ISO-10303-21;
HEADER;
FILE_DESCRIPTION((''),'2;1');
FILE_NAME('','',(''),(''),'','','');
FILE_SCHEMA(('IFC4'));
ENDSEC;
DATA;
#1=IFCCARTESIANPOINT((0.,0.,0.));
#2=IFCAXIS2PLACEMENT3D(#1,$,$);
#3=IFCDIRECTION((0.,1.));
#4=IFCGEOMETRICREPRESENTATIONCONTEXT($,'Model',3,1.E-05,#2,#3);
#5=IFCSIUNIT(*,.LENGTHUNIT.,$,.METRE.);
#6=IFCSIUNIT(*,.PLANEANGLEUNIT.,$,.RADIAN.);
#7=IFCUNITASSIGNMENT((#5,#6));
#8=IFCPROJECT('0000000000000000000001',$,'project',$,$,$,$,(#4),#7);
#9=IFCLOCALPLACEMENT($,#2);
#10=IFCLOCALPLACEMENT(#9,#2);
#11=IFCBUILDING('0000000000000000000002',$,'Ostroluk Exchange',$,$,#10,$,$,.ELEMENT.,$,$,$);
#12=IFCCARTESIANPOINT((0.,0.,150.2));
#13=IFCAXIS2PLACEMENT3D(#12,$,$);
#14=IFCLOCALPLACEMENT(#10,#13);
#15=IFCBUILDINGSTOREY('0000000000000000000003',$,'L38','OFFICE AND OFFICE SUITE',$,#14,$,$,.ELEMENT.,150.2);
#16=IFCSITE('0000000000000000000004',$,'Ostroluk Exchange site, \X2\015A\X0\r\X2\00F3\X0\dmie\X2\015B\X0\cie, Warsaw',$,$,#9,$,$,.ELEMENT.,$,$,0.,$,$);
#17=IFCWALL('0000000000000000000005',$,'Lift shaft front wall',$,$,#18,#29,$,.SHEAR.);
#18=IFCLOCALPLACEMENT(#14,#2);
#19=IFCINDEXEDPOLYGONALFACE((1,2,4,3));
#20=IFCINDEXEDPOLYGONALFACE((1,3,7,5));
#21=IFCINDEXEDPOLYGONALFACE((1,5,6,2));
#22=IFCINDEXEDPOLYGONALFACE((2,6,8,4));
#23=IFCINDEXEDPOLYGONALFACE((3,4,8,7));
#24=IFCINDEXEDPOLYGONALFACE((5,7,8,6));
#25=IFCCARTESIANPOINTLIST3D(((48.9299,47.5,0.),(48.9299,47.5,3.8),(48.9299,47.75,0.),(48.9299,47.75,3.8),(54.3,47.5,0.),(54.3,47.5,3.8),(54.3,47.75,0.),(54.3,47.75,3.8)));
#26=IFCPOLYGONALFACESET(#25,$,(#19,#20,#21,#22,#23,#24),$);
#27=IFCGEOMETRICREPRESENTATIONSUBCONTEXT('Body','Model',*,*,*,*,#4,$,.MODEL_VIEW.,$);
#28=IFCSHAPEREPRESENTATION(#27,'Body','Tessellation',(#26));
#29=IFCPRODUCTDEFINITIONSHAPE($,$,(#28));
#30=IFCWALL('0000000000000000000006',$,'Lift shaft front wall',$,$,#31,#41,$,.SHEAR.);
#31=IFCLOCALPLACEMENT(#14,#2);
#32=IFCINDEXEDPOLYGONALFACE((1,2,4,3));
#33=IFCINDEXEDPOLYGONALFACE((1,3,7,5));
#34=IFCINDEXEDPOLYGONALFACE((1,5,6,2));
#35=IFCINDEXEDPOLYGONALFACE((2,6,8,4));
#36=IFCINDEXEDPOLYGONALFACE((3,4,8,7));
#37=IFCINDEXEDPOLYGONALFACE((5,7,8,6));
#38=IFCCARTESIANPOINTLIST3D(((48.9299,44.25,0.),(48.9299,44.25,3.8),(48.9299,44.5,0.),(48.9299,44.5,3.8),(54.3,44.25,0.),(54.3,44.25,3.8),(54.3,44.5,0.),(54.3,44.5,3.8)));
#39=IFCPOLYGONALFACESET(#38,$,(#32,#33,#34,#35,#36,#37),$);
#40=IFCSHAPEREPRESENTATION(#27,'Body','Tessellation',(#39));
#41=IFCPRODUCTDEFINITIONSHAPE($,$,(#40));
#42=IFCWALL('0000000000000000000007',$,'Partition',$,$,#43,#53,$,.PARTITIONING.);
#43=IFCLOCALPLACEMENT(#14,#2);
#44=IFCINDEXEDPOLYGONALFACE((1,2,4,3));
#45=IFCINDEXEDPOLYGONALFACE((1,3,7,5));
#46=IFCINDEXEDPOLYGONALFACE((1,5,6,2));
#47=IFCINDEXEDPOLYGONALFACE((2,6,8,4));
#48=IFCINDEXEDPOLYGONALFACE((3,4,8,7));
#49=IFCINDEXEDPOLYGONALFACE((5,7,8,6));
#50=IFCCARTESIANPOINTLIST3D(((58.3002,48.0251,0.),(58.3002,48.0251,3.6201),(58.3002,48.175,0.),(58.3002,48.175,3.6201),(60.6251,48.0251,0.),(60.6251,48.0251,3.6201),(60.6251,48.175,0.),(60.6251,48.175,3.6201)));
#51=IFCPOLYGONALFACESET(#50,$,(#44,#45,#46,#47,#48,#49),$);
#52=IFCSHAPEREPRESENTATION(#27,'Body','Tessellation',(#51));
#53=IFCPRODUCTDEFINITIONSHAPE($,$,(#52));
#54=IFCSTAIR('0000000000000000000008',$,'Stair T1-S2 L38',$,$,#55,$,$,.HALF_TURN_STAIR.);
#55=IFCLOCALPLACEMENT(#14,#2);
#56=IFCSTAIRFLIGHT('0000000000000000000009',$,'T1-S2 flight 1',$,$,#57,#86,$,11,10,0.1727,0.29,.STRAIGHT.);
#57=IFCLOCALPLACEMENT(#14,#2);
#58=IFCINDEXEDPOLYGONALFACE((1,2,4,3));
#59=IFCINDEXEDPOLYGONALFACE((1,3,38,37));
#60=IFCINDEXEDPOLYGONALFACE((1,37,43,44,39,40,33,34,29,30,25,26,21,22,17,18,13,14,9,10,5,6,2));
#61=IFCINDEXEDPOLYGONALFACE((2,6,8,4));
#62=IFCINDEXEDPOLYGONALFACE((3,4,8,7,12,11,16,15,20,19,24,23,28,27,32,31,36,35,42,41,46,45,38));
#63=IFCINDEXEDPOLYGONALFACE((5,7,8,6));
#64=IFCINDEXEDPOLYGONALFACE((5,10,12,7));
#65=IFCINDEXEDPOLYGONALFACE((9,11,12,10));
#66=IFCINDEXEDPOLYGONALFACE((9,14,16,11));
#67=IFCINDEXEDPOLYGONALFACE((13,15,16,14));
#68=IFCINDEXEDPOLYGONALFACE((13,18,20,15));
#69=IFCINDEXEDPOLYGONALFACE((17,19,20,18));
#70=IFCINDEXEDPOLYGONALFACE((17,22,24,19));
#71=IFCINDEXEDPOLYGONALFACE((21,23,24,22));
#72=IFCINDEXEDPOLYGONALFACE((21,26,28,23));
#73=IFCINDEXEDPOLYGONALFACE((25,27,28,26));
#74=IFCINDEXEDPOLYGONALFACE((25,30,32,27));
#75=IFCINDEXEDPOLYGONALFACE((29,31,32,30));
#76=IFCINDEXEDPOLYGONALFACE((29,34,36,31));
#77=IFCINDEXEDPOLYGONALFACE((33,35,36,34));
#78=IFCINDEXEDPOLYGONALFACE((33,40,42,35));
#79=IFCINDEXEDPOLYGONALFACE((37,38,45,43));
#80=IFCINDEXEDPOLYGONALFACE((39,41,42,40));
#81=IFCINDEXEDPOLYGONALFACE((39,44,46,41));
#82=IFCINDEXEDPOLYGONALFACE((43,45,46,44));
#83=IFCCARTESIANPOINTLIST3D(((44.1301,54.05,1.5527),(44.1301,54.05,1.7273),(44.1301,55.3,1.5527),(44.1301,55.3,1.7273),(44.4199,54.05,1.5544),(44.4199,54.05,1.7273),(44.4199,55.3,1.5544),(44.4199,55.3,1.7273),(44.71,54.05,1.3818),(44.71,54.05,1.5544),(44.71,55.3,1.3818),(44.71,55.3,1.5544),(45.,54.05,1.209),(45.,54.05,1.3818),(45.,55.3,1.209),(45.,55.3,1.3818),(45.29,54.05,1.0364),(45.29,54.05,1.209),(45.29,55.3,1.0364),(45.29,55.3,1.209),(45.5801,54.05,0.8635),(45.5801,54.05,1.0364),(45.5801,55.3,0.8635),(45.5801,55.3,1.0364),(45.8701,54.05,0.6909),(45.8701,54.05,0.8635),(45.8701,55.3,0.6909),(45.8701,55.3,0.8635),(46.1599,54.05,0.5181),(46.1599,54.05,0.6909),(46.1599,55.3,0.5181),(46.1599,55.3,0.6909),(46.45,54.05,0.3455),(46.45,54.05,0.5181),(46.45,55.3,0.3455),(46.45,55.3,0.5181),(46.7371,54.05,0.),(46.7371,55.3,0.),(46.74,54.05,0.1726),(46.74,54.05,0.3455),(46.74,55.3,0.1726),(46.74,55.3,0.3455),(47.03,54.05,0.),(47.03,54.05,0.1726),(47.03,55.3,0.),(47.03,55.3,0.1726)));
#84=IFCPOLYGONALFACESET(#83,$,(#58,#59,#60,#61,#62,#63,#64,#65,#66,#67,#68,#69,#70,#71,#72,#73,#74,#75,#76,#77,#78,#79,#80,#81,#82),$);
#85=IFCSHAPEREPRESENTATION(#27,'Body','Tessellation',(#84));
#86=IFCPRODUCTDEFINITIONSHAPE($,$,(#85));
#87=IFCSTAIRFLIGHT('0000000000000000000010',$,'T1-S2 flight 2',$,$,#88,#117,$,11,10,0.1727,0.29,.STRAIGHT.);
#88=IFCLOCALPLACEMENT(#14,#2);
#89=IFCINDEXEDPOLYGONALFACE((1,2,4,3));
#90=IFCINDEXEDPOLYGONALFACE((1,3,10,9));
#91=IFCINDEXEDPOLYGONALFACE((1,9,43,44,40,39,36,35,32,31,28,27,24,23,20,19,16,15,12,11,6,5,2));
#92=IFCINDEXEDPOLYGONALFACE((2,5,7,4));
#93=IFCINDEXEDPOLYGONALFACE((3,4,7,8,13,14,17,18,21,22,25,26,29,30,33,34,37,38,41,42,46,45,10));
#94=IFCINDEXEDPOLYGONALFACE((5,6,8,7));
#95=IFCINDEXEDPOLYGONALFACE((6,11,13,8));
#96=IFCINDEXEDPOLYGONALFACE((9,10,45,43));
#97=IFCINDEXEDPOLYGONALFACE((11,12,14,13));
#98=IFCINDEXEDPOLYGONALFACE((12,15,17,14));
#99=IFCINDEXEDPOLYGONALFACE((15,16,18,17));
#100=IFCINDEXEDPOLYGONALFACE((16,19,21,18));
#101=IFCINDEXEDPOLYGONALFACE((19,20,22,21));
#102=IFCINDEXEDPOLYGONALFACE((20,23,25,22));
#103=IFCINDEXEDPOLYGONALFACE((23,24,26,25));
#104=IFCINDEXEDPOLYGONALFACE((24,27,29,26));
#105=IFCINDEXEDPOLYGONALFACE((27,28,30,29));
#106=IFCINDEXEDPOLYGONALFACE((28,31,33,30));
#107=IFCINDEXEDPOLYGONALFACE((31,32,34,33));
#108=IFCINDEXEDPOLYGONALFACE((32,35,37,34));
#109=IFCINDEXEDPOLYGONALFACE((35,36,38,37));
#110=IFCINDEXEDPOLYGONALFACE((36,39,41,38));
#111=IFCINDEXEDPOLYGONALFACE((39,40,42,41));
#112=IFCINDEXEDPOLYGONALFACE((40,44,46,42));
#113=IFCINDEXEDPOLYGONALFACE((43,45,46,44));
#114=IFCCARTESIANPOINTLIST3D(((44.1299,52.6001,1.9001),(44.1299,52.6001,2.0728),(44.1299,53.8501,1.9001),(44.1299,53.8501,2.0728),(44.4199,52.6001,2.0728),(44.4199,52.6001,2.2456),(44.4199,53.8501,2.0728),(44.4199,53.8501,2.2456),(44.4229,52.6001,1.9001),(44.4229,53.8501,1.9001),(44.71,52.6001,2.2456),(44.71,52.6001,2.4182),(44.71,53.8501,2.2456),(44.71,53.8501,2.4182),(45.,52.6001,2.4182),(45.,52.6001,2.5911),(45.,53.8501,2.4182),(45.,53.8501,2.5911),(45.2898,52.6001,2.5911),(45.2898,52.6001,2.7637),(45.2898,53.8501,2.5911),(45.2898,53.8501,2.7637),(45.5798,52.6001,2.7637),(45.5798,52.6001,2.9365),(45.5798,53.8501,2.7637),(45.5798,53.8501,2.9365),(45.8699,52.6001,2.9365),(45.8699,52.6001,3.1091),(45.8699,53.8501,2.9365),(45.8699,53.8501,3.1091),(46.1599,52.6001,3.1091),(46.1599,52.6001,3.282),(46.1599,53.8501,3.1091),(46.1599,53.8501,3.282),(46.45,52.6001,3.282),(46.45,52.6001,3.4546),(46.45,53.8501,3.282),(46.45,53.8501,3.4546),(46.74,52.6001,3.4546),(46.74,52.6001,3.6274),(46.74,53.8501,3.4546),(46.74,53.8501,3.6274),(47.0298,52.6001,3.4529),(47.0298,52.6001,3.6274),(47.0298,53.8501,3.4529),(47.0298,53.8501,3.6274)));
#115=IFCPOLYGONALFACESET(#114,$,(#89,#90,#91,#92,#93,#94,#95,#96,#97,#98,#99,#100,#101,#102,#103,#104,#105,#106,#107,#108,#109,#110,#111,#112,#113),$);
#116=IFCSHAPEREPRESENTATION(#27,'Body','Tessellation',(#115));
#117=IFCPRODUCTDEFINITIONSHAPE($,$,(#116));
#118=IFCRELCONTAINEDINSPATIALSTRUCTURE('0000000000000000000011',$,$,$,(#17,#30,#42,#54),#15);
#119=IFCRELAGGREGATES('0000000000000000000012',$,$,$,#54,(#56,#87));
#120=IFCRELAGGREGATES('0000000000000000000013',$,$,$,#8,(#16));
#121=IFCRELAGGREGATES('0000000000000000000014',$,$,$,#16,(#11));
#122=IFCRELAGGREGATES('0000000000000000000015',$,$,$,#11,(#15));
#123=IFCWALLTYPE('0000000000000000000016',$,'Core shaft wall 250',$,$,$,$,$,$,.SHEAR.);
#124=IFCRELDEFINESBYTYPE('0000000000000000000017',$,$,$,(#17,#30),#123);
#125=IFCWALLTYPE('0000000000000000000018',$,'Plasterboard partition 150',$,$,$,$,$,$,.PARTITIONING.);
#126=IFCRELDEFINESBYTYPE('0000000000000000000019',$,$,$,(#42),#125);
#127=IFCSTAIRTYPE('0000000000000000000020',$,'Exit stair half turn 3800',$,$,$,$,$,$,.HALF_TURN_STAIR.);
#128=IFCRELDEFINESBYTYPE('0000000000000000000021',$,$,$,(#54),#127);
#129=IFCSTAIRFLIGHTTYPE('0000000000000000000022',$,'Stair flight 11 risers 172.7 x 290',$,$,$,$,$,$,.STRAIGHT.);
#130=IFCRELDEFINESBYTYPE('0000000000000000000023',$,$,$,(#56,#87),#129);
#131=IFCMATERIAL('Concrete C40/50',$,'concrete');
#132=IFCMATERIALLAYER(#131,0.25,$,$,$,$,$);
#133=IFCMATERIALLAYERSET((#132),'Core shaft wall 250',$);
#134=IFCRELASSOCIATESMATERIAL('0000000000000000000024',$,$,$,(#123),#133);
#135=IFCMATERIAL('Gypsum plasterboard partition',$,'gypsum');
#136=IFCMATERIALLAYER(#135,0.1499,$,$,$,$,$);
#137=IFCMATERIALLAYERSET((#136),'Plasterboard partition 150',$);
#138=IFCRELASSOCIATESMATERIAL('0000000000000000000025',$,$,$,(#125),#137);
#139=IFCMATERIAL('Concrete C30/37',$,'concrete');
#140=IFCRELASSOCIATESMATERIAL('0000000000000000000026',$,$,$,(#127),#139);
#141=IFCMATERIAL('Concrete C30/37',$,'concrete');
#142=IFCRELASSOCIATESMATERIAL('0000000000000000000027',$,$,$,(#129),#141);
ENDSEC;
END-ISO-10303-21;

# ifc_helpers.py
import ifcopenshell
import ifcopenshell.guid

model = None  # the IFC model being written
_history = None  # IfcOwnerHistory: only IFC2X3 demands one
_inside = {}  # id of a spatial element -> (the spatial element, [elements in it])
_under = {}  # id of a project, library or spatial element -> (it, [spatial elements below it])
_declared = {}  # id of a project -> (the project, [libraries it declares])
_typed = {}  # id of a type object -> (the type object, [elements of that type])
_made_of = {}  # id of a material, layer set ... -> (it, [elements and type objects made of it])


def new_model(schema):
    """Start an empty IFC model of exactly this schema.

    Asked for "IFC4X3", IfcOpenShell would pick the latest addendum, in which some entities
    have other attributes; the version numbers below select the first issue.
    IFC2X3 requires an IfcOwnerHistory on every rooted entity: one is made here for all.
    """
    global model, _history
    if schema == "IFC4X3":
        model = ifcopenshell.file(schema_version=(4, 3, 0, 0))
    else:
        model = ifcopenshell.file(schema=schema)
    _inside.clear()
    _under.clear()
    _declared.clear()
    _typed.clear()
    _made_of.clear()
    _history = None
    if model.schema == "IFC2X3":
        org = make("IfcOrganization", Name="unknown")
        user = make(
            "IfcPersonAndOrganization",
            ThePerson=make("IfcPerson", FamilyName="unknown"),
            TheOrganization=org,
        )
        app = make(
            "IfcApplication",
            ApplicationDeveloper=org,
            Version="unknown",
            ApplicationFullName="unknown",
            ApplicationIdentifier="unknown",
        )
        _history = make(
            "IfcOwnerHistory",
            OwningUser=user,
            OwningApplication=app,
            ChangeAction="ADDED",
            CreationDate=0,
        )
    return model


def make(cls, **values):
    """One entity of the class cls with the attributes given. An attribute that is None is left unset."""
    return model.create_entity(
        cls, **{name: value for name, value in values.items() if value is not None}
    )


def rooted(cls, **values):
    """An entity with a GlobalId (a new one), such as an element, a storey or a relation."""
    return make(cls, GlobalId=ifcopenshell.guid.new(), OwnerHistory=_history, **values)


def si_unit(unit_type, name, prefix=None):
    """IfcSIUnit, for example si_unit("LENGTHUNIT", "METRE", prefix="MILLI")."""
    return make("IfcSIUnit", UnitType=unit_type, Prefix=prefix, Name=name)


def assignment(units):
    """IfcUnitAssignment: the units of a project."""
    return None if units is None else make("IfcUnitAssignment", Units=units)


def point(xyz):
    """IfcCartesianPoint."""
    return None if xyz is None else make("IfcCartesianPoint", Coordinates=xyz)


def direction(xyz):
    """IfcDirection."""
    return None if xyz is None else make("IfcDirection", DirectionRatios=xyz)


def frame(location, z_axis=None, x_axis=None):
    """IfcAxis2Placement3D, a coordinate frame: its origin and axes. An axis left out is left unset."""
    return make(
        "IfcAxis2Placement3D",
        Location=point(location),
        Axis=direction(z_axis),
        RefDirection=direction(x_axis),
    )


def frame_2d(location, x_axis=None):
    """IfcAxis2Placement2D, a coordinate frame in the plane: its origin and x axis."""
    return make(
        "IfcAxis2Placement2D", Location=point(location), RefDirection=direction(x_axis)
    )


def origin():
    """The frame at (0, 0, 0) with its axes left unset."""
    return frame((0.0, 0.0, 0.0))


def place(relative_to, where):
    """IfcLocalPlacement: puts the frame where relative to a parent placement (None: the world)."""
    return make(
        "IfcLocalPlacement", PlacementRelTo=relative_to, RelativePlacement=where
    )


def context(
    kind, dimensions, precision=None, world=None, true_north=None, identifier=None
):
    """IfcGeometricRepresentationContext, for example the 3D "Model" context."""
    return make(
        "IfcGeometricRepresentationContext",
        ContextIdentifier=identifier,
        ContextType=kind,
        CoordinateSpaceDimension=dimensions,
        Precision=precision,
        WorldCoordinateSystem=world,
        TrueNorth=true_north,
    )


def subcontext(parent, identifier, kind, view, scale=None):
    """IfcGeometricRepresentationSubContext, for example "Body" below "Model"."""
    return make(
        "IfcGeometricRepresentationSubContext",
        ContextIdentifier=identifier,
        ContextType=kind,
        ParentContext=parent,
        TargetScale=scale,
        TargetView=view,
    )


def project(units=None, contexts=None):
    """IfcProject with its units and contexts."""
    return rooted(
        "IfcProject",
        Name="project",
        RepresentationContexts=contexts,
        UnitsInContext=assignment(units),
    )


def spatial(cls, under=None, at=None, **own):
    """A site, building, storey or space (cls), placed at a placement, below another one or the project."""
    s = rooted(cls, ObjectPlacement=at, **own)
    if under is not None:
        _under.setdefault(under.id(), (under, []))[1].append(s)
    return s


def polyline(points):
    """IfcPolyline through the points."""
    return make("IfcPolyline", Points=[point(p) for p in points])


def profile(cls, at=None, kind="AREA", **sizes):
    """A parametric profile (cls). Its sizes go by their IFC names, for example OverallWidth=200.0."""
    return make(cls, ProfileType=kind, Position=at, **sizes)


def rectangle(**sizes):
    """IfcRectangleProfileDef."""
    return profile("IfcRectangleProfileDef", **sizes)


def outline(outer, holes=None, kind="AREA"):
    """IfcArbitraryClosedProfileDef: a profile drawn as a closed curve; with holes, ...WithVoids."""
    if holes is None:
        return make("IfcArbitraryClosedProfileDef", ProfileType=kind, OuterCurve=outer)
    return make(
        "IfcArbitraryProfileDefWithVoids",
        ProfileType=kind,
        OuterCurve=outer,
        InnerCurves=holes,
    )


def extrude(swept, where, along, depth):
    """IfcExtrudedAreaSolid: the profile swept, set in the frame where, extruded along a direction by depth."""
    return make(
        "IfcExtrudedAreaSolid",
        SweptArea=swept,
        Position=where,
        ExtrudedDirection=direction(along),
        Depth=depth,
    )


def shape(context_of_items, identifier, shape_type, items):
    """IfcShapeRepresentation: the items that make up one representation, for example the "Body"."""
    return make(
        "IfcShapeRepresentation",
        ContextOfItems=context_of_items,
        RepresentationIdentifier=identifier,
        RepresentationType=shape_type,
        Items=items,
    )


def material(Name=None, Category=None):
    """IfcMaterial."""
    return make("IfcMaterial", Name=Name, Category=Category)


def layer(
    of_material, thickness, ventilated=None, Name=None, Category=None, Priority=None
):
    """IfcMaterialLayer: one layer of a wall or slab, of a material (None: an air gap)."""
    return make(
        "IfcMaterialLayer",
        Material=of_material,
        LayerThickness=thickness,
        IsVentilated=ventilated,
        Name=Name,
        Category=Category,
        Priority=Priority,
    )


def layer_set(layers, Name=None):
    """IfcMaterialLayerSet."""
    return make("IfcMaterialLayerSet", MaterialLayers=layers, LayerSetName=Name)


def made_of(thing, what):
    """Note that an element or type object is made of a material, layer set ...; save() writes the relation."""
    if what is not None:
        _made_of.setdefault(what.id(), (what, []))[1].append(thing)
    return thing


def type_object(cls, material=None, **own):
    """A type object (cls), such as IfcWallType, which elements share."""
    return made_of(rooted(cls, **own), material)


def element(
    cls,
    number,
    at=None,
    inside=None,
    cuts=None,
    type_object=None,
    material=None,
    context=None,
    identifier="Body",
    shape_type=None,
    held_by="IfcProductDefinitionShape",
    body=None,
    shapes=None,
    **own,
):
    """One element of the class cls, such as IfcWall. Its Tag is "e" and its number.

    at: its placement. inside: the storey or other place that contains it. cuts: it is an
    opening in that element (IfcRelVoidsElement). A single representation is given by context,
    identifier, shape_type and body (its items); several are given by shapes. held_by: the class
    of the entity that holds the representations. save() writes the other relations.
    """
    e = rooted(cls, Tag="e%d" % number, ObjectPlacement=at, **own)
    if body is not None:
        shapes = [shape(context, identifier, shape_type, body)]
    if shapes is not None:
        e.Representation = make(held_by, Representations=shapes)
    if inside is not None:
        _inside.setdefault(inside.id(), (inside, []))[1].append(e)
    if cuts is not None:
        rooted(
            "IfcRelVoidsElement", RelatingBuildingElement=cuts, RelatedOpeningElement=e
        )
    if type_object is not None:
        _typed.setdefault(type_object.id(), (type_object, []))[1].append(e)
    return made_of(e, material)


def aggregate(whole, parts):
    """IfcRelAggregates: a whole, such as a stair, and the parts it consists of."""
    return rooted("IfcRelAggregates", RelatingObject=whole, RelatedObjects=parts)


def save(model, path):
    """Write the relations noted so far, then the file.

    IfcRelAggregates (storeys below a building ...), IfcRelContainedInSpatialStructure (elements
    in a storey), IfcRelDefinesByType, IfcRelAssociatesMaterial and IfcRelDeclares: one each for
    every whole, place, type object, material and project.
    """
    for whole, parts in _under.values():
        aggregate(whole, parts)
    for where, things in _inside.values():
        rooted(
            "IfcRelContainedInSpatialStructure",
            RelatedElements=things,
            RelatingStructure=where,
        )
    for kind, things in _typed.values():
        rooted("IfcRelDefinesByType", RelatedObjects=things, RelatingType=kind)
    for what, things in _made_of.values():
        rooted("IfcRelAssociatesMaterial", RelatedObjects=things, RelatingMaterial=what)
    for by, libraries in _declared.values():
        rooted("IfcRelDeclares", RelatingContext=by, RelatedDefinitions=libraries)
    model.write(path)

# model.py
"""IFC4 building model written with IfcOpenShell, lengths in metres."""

from ifc_helpers import new_model, si_unit, direction, frame, frame_2d, origin, place, context, subcontext, project, spatial, polyline, rectangle, outline, extrude, material, layer, layer_set, type_object, element, aggregate, save


model = new_model("IFC4")

# Units and contexts
model_context = context("Model", 3, precision=1e-05, world=origin(), true_north=direction((0.0, 1.0)))
body_context = subcontext(model_context, "Body", "Model", "MODEL_VIEW")
ifc_project = project(units=[si_unit("LENGTHUNIT", "METRE"), si_unit("PLANEANGLEUNIT", "RADIAN")], contexts=[model_context])

# Site, building, storey
site_placement = place(None, origin())
site = spatial("IfcSite", under=ifc_project, at=site_placement, Name="Ostroluk Exchange site, Śródmieście, Warsaw", CompositionType="ELEMENT", RefElevation=0.0)
building_placement = place(site_placement, origin())
building = spatial("IfcBuilding", under=site, at=building_placement, Name="Ostroluk Exchange", CompositionType="ELEMENT")
storey_placement = place(building_placement, frame((0.0, 0.0, 150.2)))
storey = spatial("IfcBuildingStorey", under=building, at=storey_placement, Name="L38", Description="OFFICE AND OFFICE SUITE", CompositionType="ELEMENT", Elevation=150.2)

# Shared definitions
ifc_material_1 = material(Name="Concrete C40/50", Category="concrete")
ifc_layer_1 = layer(ifc_material_1, 0.25)
ifc_layer_set_1 = layer_set([ifc_layer_1], Name="Core shaft wall 250")
wall_type_1 = type_object("IfcWallType", Name="Core shaft wall 250", PredefinedType="SHEAR", material=ifc_layer_set_1)

# Walls
for number, where, z_axis, x_axis, name in (
    (1, (48.9299, 47.625, 0.0), (0.0, 0.0, 1.0), (1.0, 0.0, 0.0), "Lift shaft front wall"),
    (2, (48.9299, 44.375, 0.0), (0.0, 0.0, 1.0), (1.0, 0.0, 0.0), "Lift shaft front wall"),
):
    element("IfcWall", number, at=place(storey_placement, frame(where, z_axis=z_axis, x_axis=x_axis)), inside=storey, type_object=wall_type_1, Name=name, PredefinedType="SHEAR", context=body_context, shape_type="SweptSolid", body=[
        extrude(rectangle(XDim=5.3701, YDim=0.25, at=frame_2d((2.6851, 0.0))), origin(), (0.0, 0.0, 1.0), 3.8),
    ])
ifc_material_2 = material(Name="Gypsum plasterboard partition", Category="gypsum")
ifc_layer_2 = layer(ifc_material_2, 0.1499)
ifc_layer_set_2 = layer_set([ifc_layer_2], Name="Plasterboard partition 150")
wall_type_2 = type_object("IfcWallType", Name="Plasterboard partition 150", PredefinedType="PARTITIONING", material=ifc_layer_set_2)
wall_1_placement = place(storey_placement, frame((58.3, 48.1001, 0.0), z_axis=(0.0, 0.0, 1.0), x_axis=(1.0, 0.0, 0.0)))
element("IfcWall", 3, at=wall_1_placement, inside=storey, type_object=wall_type_2, Name="Partition", PredefinedType="PARTITIONING", context=body_context, shape_type="SweptSolid", body=[
    extrude(rectangle(XDim=2.325, YDim=0.1499, at=frame_2d((1.1626, 0.0))), origin(), (0.0, 0.0, 1.0), 3.6201),
])

# Stair, stair flights
ifc_material_3 = material(Name="Concrete C30/37", Category="concrete")
stair_type = type_object("IfcStairType", Name="Exit stair half turn 3800", PredefinedType="HALF_TURN_STAIR", material=ifc_material_3)
stair_placement = place(storey_placement, origin())
stair = element("IfcStair", 4, at=stair_placement, inside=storey, type_object=stair_type, Name="Stair T1-S2 L38", PredefinedType="HALF_TURN_STAIR")
ifc_material_4 = material(Name="Concrete C30/37", Category="concrete")
stair_flight_type = type_object("IfcStairFlightType", Name="Stair flight 11 risers 172.7 x 290", PredefinedType="STRAIGHT", material=ifc_material_4)
stair_flight_1_placement = place(storey_placement, frame((47.03, 54.675, 0.0), z_axis=(0.0, 0.0, 1.0), x_axis=(-1.0, 0.0, 0.0)))
stair_flight_1 = element("IfcStairFlight", 5, at=stair_flight_1_placement, type_object=stair_flight_type, Name="T1-S2 flight 1", NumberOfRisers=11, NumberOfTreads=10, PredefinedType="STRAIGHT", RiserHeight=0.1727, TreadLength=0.29, context=body_context, shape_type="SweptSolid", body=[
    extrude(outline(polyline([(0.0, 0.0), (0.0, 0.1726), (0.29, 0.1726), (0.29, 0.3455), (0.5801, 0.3455), (0.5801, 0.5181), (0.8701, 0.5181), (0.8701, 0.6909), (1.1599, 0.6909), (1.1599, 0.8635), (1.45, 0.8635), (1.45, 1.0364), (1.74, 1.0364), (1.74, 1.209), (2.03, 1.209), (2.03, 1.3818), (2.3201, 1.3818), (2.3201, 1.5544), (2.6101, 1.5544), (2.6101, 1.7273), (2.8999, 1.7273), (2.8999, 1.8999), (2.8999, 1.5527), (0.293, 0.0), (0.0, 0.0)])), frame((0.0, 0.625, 0.0), z_axis=(0.0, -1.0, 0.0), x_axis=(1.0, 0.0, 0.0)), (0.0, 0.0, 1.0), 1.25),
])
stair_flight_2_placement = place(storey_placement, frame((44.1299, 53.2251, 1.9001), z_axis=(0.0, 0.0, 1.0), x_axis=(1.0, 0.0, 0.0)))
stair_flight_2 = element("IfcStairFlight", 6, at=stair_flight_2_placement, type_object=stair_flight_type, Name="T1-S2 flight 2", NumberOfRisers=11, NumberOfTreads=10, PredefinedType="STRAIGHT", RiserHeight=0.1727, TreadLength=0.29, context=body_context, shape_type="SweptSolid", body=[
    extrude(outline(polyline([(0.0, 0.0), (0.0, 0.1726), (0.29, 0.1726), (0.29, 0.3455), (0.5801, 0.3455), (0.5801, 0.5181), (0.8701, 0.5181), (0.8701, 0.6909), (1.1599, 0.6909), (1.1599, 0.8635), (1.45, 0.8635), (1.45, 1.0364), (1.74, 1.0364), (1.74, 1.209), (2.03, 1.209), (2.03, 1.3818), (2.3201, 1.3818), (2.3201, 1.5544), (2.6101, 1.5544), (2.6101, 1.7273), (2.8999, 1.7273), (2.8999, 1.8999), (2.8999, 1.5527), (0.293, 0.0), (0.0, 0.0)])), frame((0.0, 0.625, 0.0), z_axis=(0.0, -1.0, 0.0), x_axis=(1.0, 0.0, 0.0)), (0.0, 0.0, 1.0), 1.25),
])
aggregate(stair, [stair_flight_1, stair_flight_2])

save(model, "model.ifc")
